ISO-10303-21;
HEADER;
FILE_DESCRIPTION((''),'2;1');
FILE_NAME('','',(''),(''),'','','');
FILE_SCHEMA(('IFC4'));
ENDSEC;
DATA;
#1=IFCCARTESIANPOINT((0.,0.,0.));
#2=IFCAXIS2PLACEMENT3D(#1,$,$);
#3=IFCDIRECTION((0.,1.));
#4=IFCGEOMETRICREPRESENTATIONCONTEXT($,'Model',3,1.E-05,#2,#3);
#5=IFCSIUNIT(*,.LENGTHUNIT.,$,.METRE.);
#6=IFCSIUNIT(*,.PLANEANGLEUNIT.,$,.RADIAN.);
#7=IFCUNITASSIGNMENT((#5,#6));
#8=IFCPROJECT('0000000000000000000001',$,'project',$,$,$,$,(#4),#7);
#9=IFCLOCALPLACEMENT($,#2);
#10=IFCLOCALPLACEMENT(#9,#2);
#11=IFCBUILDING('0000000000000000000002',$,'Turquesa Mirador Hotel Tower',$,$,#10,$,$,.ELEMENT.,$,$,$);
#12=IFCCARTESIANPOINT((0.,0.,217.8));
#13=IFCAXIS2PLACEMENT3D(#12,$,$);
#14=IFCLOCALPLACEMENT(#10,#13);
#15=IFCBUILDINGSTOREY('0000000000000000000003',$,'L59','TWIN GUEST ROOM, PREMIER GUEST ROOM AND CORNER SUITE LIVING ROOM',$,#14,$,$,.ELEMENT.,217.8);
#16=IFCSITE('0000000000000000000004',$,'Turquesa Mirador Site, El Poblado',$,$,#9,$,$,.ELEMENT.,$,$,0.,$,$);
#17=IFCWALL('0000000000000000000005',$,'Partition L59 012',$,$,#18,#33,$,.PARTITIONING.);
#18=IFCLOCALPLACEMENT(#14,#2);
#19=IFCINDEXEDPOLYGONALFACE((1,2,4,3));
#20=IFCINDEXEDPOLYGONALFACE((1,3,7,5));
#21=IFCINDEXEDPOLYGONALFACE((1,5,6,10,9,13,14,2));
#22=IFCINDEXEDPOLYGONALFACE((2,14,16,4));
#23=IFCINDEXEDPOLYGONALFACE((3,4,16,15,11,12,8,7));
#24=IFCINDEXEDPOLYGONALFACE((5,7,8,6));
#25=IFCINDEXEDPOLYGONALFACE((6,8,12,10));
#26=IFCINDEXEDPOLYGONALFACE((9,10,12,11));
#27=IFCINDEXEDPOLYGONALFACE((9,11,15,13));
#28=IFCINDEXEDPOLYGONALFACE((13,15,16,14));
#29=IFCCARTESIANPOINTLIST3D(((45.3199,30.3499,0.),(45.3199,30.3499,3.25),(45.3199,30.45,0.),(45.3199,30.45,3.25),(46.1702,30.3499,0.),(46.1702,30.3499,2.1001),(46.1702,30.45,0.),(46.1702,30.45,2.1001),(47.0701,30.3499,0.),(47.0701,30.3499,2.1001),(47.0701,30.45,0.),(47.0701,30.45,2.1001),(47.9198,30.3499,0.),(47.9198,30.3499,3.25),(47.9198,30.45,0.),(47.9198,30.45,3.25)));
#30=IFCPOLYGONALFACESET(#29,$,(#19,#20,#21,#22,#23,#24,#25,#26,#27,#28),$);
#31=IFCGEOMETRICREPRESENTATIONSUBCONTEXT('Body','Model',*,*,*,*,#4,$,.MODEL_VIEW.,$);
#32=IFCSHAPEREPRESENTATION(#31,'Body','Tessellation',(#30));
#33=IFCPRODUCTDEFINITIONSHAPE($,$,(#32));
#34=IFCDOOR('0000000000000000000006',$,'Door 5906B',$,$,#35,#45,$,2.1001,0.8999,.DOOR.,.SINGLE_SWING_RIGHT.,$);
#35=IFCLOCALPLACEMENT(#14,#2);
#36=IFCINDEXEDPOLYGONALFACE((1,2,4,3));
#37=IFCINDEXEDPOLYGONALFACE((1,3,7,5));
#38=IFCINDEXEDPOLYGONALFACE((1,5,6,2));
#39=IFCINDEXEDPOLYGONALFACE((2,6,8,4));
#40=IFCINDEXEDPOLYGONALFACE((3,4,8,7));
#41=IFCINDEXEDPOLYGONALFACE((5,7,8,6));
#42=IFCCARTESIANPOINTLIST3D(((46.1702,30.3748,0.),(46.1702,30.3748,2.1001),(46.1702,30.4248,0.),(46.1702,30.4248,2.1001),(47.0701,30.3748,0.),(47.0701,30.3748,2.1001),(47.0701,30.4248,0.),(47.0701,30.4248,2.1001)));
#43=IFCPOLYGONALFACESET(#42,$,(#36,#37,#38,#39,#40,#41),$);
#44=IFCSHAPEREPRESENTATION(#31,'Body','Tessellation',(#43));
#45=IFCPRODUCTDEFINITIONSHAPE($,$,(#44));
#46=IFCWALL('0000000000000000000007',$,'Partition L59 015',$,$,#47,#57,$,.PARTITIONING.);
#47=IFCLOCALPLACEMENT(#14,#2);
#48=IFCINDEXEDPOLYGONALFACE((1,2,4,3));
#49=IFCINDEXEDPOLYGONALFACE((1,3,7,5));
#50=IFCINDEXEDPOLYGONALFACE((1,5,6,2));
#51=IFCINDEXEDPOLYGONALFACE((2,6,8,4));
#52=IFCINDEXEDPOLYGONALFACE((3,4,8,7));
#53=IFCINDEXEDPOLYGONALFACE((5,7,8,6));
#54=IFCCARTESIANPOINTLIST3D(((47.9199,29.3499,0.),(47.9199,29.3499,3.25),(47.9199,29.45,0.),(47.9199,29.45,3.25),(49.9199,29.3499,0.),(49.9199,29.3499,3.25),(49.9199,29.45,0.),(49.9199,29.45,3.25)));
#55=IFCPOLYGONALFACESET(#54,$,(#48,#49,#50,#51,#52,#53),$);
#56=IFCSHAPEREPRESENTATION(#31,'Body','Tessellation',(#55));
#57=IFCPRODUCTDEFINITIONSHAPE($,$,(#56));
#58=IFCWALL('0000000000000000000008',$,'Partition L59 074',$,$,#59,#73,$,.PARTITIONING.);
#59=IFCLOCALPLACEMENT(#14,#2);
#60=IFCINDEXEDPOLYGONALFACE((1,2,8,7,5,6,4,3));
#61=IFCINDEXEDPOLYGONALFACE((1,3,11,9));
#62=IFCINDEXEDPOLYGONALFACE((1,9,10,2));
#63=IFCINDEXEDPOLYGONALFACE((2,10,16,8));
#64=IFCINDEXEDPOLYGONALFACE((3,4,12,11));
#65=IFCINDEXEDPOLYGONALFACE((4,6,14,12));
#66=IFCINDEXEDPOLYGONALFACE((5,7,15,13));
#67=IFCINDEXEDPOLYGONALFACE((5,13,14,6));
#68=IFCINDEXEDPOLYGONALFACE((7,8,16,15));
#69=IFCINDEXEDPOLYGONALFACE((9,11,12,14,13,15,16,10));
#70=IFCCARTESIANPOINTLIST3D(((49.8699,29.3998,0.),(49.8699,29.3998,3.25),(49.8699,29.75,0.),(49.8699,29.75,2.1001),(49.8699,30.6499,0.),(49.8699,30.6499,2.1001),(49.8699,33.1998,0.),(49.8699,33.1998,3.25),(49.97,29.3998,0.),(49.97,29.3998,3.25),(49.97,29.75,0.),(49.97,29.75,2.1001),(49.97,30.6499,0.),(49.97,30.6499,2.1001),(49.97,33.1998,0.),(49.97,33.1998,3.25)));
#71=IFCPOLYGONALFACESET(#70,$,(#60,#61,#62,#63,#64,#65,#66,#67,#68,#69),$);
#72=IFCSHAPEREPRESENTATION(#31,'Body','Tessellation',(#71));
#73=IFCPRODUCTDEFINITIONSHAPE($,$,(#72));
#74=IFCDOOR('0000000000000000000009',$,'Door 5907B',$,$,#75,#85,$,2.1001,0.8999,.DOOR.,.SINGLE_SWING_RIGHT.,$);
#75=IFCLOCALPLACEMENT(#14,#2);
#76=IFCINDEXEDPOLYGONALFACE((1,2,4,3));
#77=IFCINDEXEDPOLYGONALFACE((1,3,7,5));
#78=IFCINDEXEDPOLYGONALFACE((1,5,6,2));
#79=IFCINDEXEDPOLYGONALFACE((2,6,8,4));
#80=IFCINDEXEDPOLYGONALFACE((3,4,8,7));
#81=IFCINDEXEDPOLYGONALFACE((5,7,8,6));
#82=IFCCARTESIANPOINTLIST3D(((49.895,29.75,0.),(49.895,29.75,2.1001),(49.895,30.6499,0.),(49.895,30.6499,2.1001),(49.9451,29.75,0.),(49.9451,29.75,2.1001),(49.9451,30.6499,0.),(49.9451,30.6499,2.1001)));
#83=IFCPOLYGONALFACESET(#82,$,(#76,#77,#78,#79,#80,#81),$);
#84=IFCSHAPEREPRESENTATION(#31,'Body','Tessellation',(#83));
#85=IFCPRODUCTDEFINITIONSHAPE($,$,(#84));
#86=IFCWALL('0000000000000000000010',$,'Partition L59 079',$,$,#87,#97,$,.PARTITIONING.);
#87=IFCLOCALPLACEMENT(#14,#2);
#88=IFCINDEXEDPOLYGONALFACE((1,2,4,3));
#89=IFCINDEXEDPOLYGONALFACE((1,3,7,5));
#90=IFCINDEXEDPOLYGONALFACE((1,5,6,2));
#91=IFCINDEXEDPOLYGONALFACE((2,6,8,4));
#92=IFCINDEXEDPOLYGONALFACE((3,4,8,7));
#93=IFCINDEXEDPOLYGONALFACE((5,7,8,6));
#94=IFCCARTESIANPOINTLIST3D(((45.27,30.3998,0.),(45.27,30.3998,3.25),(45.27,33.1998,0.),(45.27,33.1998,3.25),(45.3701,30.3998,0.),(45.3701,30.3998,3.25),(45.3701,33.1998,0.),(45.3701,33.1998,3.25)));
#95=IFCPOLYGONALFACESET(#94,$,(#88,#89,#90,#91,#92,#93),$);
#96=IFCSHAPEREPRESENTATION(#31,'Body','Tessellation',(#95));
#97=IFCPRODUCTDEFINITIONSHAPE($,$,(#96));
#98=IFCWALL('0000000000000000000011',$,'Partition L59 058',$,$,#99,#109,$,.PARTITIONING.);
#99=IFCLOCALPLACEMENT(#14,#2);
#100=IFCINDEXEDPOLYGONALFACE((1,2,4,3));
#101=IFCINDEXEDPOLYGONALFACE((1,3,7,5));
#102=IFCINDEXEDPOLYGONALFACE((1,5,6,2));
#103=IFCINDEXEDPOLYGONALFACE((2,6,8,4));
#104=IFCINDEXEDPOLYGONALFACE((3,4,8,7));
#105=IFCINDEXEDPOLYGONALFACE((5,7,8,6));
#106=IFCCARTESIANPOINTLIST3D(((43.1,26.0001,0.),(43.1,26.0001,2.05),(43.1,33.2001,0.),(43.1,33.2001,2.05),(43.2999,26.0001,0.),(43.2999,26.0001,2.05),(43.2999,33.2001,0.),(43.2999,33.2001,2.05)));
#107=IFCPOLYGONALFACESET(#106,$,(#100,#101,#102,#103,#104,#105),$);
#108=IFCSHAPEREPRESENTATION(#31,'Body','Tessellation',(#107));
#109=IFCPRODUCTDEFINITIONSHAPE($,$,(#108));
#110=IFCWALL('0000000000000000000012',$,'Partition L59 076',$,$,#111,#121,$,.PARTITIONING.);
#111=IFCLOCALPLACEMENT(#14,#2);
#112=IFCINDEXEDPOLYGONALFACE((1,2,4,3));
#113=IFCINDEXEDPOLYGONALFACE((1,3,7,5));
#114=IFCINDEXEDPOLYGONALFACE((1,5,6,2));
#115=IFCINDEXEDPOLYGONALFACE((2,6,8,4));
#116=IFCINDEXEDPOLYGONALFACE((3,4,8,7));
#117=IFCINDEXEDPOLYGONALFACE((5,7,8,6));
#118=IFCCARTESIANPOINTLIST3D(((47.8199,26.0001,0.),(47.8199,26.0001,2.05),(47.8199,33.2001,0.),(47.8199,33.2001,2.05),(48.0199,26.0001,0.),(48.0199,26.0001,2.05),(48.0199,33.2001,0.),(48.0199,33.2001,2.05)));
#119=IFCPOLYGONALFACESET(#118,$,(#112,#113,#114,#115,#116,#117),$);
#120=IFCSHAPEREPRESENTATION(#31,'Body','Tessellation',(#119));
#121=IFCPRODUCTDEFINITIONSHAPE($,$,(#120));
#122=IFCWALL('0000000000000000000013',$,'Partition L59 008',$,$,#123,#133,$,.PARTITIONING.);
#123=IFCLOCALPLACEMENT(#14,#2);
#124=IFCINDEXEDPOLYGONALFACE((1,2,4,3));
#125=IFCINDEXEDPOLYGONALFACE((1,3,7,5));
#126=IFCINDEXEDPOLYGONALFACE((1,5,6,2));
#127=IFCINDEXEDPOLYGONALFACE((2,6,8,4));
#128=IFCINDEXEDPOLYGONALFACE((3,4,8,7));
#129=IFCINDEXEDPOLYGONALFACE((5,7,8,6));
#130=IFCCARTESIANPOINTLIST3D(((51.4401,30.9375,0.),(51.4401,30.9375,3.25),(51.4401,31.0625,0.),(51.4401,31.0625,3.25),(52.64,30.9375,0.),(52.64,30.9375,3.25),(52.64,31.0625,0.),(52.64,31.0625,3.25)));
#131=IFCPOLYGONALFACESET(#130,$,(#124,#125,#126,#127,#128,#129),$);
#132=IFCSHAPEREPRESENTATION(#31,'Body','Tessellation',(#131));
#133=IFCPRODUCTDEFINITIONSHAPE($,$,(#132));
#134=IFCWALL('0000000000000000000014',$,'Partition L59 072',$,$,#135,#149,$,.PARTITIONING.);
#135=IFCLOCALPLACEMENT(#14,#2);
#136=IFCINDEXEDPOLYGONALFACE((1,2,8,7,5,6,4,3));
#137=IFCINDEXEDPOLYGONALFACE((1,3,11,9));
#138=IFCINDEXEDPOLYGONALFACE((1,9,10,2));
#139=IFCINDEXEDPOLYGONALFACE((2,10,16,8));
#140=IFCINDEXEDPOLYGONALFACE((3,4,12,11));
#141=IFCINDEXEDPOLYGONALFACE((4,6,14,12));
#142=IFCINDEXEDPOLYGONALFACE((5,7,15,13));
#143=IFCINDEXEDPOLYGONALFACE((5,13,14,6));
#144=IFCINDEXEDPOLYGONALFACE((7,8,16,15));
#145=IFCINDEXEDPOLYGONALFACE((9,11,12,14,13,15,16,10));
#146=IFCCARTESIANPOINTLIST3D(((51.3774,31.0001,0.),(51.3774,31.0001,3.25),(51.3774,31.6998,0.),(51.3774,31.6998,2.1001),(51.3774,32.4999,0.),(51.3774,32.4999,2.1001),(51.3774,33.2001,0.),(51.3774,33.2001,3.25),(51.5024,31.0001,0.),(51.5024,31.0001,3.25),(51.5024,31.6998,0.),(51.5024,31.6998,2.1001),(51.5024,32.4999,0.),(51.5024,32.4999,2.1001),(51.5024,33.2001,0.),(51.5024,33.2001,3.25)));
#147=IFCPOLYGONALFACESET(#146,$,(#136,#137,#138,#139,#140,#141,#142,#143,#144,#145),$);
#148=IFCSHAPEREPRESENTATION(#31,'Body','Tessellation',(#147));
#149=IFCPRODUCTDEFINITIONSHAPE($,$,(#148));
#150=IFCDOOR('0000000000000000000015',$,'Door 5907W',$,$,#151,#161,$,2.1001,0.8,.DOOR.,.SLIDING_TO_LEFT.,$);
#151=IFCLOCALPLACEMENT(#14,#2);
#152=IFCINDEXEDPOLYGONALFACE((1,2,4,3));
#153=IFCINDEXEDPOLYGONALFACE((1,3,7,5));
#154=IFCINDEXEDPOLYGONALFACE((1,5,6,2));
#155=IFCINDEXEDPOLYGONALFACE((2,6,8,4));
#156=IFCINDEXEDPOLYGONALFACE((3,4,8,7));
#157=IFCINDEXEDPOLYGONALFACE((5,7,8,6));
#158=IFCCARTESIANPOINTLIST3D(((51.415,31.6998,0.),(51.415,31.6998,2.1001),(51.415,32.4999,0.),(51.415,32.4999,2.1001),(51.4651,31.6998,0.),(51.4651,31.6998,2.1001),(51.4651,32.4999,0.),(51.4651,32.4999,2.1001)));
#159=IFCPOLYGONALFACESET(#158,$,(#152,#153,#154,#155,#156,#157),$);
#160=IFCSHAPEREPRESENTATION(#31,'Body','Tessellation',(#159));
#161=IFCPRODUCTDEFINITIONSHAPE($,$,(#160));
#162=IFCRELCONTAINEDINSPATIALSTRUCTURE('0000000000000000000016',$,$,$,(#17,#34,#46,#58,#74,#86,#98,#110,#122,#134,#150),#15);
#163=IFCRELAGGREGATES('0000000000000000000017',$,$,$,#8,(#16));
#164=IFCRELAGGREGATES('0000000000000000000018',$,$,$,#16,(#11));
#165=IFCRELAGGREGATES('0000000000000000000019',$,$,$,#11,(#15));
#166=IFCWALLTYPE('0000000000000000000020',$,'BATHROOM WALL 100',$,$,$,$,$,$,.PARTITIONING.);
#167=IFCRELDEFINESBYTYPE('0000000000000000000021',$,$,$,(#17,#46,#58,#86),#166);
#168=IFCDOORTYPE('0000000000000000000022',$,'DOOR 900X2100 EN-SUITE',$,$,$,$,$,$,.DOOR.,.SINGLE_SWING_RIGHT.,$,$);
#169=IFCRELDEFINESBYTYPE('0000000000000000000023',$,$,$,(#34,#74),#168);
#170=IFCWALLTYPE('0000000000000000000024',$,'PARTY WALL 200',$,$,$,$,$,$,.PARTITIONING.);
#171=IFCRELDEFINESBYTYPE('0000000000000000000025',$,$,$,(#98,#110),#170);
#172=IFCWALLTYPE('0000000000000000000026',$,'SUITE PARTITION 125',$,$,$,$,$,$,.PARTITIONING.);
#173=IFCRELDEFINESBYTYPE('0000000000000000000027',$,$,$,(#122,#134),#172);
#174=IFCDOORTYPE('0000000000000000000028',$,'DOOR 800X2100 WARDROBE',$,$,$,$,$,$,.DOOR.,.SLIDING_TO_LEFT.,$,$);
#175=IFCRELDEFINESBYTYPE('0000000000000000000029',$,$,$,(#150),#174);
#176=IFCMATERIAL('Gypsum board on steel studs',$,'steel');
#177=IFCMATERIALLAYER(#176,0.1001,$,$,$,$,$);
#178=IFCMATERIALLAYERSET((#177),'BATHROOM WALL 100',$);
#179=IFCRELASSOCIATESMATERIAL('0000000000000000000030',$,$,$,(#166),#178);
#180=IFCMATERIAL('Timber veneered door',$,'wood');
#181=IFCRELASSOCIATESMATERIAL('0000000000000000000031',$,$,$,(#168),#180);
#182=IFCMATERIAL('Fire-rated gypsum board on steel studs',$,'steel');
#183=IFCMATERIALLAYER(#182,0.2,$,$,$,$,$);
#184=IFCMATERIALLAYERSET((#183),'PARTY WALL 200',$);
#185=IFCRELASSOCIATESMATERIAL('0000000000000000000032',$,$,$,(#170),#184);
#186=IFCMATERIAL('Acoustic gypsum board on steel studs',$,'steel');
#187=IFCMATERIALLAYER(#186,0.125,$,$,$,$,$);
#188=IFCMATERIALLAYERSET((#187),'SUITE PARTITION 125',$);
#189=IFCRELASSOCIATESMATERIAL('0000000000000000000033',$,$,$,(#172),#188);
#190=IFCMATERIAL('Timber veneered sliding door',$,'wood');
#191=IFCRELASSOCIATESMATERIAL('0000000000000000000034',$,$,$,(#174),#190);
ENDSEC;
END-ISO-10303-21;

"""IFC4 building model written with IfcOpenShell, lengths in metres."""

from ifc_helpers import new_model, si_unit, direction, frame, frame_2d, origin, place, context, subcontext, project, spatial, rectangle, extrude, material, layer, layer_set, type_object, element, fill, save


model = new_model("IFC4")

# Units and contexts
model_context = context("Model", 3, precision=1e-05, world=origin(), true_north=direction((0.0, 1.0)))
body_context = subcontext(model_context, "Body", "Model", "MODEL_VIEW")
ifc_project = project(units=[si_unit("LENGTHUNIT", "METRE"), si_unit("PLANEANGLEUNIT", "RADIAN")], contexts=[model_context])

# Site, building, storey
site_placement = place(None, origin())
site = spatial("IfcSite", under=ifc_project, at=site_placement, Name="Turquesa Mirador Site, El Poblado", CompositionType="ELEMENT", RefElevation=0.0)
building_placement = place(site_placement, origin())
building = spatial("IfcBuilding", under=site, at=building_placement, Name="Turquesa Mirador Hotel Tower", CompositionType="ELEMENT")
storey_placement = place(building_placement, frame((0.0, 0.0, 217.8)))
storey = spatial("IfcBuildingStorey", under=building, at=storey_placement, Name="L59", Description="TWIN GUEST ROOM, PREMIER GUEST ROOM AND CORNER SUITE LIVING ROOM", CompositionType="ELEMENT", Elevation=217.8)

# Wall, opening, door
ifc_material_1 = material(Name="Gypsum board on steel studs", Category="steel")
ifc_layer_1 = layer(ifc_material_1, 0.1001)
ifc_layer_set_1 = layer_set([ifc_layer_1], Name="BATHROOM WALL 100")
wall_type_1 = type_object("IfcWallType", Name="BATHROOM WALL 100", PredefinedType="PARTITIONING", material=ifc_layer_set_1)
wall_1_placement = place(storey_placement, frame((45.3201, 30.3999, 0.0), z_axis=(0.0, 0.0, 1.0), x_axis=(1.0, 0.0, 0.0)))
wall_1 = element("IfcWall", 1, at=wall_1_placement, inside=storey, type_object=wall_type_1, Name="Partition L59 012", PredefinedType="PARTITIONING", context=body_context, shape_type="SweptSolid", body=[
    extrude(rectangle(XDim=2.5999, YDim=0.1001, at=frame_2d((1.2998, 0.0))), origin(), (0.0, 0.0, 1.0), 3.25),
])
opening_1_placement = place(wall_1_placement, frame((0.8501, 0.0, 0.0)))
opening_1 = element("IfcOpeningElement", 2, at=opening_1_placement, cuts=wall_1, PredefinedType="OPENING", context=body_context, shape_type="SweptSolid", body=[
    extrude(rectangle(XDim=0.8999, YDim=2.1001, at=frame_2d((0.45, 1.05))), frame((0.0, 0.0601, 0.0), z_axis=(0.0, -1.0, 0.0), x_axis=(1.0, 0.0, 0.0)), (0.0, 0.0, 1.0), 0.1201),
])
ifc_material_2 = material(Name="Timber veneered door", Category="wood")
door_type_1 = type_object("IfcDoorType", Name="DOOR 900X2100 EN-SUITE", OperationType="SINGLE_SWING_RIGHT", PredefinedType="DOOR", material=ifc_material_2)
door_1_placement = place(opening_1_placement, origin())
door_1 = element("IfcDoor", 3, at=door_1_placement, inside=storey, type_object=door_type_1, Name="Door 5906B", OperationType="SINGLE_SWING_RIGHT", OverallHeight=2.1001, OverallWidth=0.8999, PredefinedType="DOOR", context=body_context, shape_type="SweptSolid", body=[
    extrude(rectangle(XDim=0.8999, YDim=2.1001, at=frame_2d((0.45, 1.05))), frame((0.0, 0.0249, 0.0), z_axis=(0.0, -1.0, 0.0), x_axis=(1.0, 0.0, 0.0)), (0.0, 0.0, 1.0), 0.05),
])
fill(opening_1, door_1)

# Wall
wall_2_placement = place(storey_placement, frame((47.9199, 29.3999, 0.0), z_axis=(0.0, 0.0, 1.0), x_axis=(1.0, 0.0, 0.0)))
element("IfcWall", 4, at=wall_2_placement, inside=storey, type_object=wall_type_1, Name="Partition L59 015", PredefinedType="PARTITIONING", context=body_context, shape_type="SweptSolid", body=[
    extrude(rectangle(XDim=2.0, YDim=0.1001, at=frame_2d((1.0, 0.0))), origin(), (0.0, 0.0, 1.0), 3.25),
])

# Wall, opening, door
wall_3_placement = place(storey_placement, frame((49.9199, 29.3999, 0.0), z_axis=(0.0, 0.0, 1.0), x_axis=(0.0, 1.0, 0.0)))
wall_3 = element("IfcWall", 5, at=wall_3_placement, inside=storey, type_object=wall_type_1, Name="Partition L59 074", PredefinedType="PARTITIONING", context=body_context, shape_type="SweptSolid", body=[
    extrude(rectangle(XDim=3.8, YDim=0.1001, at=frame_2d((1.8999, 0.0))), origin(), (0.0, 0.0, 1.0), 3.25),
])
opening_2_placement = place(wall_3_placement, frame((0.3501, 0.0, 0.0)))
opening_2 = element("IfcOpeningElement", 6, at=opening_2_placement, cuts=wall_3, PredefinedType="OPENING", context=body_context, shape_type="SweptSolid", body=[
    extrude(rectangle(XDim=0.8999, YDim=2.1001, at=frame_2d((0.45, 1.05))), frame((0.0, 0.0601, 0.0), z_axis=(0.0, -1.0, 0.0), x_axis=(1.0, 0.0, 0.0)), (0.0, 0.0, 1.0), 0.1201),
])
door_2_placement = place(opening_2_placement, origin())
door_2 = element("IfcDoor", 7, at=door_2_placement, inside=storey, type_object=door_type_1, Name="Door 5907B", OperationType="SINGLE_SWING_RIGHT", OverallHeight=2.1001, OverallWidth=0.8999, PredefinedType="DOOR", context=body_context, shape_type="SweptSolid", body=[
    extrude(rectangle(XDim=0.8999, YDim=2.1001, at=frame_2d((0.45, 1.05))), frame((0.0, 0.0249, 0.0), z_axis=(0.0, -1.0, 0.0), x_axis=(1.0, 0.0, 0.0)), (0.0, 0.0, 1.0), 0.05),
])
fill(opening_2, door_2)

# Walls
wall_4_placement = place(storey_placement, frame((45.3201, 30.3999, 0.0), z_axis=(0.0, 0.0, 1.0), x_axis=(0.0, 1.0, 0.0)))
element("IfcWall", 8, at=wall_4_placement, inside=storey, type_object=wall_type_1, Name="Partition L59 079", PredefinedType="PARTITIONING", context=body_context, shape_type="SweptSolid", body=[
    extrude(rectangle(XDim=2.8, YDim=0.1001, at=frame_2d((1.3999, 0.0))), origin(), (0.0, 0.0, 1.0), 3.25),
])
ifc_material_3 = material(Name="Fire-rated gypsum board on steel studs", Category="steel")
ifc_layer_2 = layer(ifc_material_3, 0.2)
ifc_layer_set_2 = layer_set([ifc_layer_2], Name="PARTY WALL 200")
wall_type_2 = type_object("IfcWallType", Name="PARTY WALL 200", PredefinedType="PARTITIONING", material=ifc_layer_set_2)
for number, where, z_axis, x_axis, name in (
    (9, (43.2, 26.0, 0.0), (0.0, 0.0, 1.0), (0.0, 1.0, 0.0), "Partition L59 058"),
    (10, (47.9199, 26.0, 0.0), (0.0, 0.0, 1.0), (0.0, 1.0, 0.0), "Partition L59 076"),
):
    element("IfcWall", number, at=place(storey_placement, frame(where, z_axis=z_axis, x_axis=x_axis)), inside=storey, type_object=wall_type_2, Name=name, PredefinedType="PARTITIONING", context=body_context, shape_type="SweptSolid", body=[
        extrude(rectangle(XDim=7.2, YDim=0.2, at=frame_2d((3.6001, 0.0))), origin(), (0.0, 0.0, 1.0), 2.05),
    ])
ifc_material_4 = material(Name="Acoustic gypsum board on steel studs", Category="steel")
ifc_layer_3 = layer(ifc_material_4, 0.125)
ifc_layer_set_3 = layer_set([ifc_layer_3], Name="SUITE PARTITION 125")
wall_type_3 = type_object("IfcWallType", Name="SUITE PARTITION 125", PredefinedType="PARTITIONING", material=ifc_layer_set_3)
wall_5_placement = place(storey_placement, frame((51.4399, 31.0, 0.0), z_axis=(0.0, 0.0, 1.0), x_axis=(1.0, 0.0, 0.0)))
element("IfcWall", 11, at=wall_5_placement, inside=storey, type_object=wall_type_3, Name="Partition L59 008", PredefinedType="PARTITIONING", context=body_context, shape_type="SweptSolid", body=[
    extrude(rectangle(XDim=1.2, YDim=0.125, at=frame_2d((0.6001, 0.0))), origin(), (0.0, 0.0, 1.0), 3.25),
])

# Wall, opening, door
wall_6_placement = place(storey_placement, frame((51.4399, 31.0, 0.0), z_axis=(0.0, 0.0, 1.0), x_axis=(0.0, 1.0, 0.0)))
wall_6 = element("IfcWall", 12, at=wall_6_placement, inside=storey, type_object=wall_type_3, Name="Partition L59 072", PredefinedType="PARTITIONING", context=body_context, shape_type="SweptSolid", body=[
    extrude(rectangle(XDim=2.2, YDim=0.125, at=frame_2d((1.1001, 0.0))), origin(), (0.0, 0.0, 1.0), 3.25),
])
opening_3_placement = place(wall_6_placement, frame((0.7, 0.0, 0.0)))
opening_3 = element("IfcOpeningElement", 13, at=opening_3_placement, cuts=wall_6, PredefinedType="OPENING", context=body_context, shape_type="SweptSolid", body=[
    extrude(rectangle(XDim=0.8, YDim=2.1001, at=frame_2d((0.3999, 1.05))), frame((0.0, 0.0725, 0.0), z_axis=(0.0, -1.0, 0.0), x_axis=(1.0, 0.0, 0.0)), (0.0, 0.0, 1.0), 0.145),
])
ifc_material_5 = material(Name="Timber veneered sliding door", Category="wood")
door_type_2 = type_object("IfcDoorType", Name="DOOR 800X2100 WARDROBE", OperationType="SLIDING_TO_LEFT", PredefinedType="DOOR", material=ifc_material_5)
door_3_placement = place(opening_3_placement, origin())
door_3 = element("IfcDoor", 14, at=door_3_placement, inside=storey, type_object=door_type_2, Name="Door 5907W", OperationType="SLIDING_TO_LEFT", OverallHeight=2.1001, OverallWidth=0.8, PredefinedType="DOOR", context=body_context, shape_type="SweptSolid", body=[
    extrude(rectangle(XDim=0.8, YDim=2.1001, at=frame_2d((0.3999, 1.05))), frame((0.0, 0.0249, 0.0), z_axis=(0.0, -1.0, 0.0), x_axis=(1.0, 0.0, 0.0)), (0.0, 0.0, 1.0), 0.05),
])
fill(opening_3, door_3)

save(model, "model.ifc")
